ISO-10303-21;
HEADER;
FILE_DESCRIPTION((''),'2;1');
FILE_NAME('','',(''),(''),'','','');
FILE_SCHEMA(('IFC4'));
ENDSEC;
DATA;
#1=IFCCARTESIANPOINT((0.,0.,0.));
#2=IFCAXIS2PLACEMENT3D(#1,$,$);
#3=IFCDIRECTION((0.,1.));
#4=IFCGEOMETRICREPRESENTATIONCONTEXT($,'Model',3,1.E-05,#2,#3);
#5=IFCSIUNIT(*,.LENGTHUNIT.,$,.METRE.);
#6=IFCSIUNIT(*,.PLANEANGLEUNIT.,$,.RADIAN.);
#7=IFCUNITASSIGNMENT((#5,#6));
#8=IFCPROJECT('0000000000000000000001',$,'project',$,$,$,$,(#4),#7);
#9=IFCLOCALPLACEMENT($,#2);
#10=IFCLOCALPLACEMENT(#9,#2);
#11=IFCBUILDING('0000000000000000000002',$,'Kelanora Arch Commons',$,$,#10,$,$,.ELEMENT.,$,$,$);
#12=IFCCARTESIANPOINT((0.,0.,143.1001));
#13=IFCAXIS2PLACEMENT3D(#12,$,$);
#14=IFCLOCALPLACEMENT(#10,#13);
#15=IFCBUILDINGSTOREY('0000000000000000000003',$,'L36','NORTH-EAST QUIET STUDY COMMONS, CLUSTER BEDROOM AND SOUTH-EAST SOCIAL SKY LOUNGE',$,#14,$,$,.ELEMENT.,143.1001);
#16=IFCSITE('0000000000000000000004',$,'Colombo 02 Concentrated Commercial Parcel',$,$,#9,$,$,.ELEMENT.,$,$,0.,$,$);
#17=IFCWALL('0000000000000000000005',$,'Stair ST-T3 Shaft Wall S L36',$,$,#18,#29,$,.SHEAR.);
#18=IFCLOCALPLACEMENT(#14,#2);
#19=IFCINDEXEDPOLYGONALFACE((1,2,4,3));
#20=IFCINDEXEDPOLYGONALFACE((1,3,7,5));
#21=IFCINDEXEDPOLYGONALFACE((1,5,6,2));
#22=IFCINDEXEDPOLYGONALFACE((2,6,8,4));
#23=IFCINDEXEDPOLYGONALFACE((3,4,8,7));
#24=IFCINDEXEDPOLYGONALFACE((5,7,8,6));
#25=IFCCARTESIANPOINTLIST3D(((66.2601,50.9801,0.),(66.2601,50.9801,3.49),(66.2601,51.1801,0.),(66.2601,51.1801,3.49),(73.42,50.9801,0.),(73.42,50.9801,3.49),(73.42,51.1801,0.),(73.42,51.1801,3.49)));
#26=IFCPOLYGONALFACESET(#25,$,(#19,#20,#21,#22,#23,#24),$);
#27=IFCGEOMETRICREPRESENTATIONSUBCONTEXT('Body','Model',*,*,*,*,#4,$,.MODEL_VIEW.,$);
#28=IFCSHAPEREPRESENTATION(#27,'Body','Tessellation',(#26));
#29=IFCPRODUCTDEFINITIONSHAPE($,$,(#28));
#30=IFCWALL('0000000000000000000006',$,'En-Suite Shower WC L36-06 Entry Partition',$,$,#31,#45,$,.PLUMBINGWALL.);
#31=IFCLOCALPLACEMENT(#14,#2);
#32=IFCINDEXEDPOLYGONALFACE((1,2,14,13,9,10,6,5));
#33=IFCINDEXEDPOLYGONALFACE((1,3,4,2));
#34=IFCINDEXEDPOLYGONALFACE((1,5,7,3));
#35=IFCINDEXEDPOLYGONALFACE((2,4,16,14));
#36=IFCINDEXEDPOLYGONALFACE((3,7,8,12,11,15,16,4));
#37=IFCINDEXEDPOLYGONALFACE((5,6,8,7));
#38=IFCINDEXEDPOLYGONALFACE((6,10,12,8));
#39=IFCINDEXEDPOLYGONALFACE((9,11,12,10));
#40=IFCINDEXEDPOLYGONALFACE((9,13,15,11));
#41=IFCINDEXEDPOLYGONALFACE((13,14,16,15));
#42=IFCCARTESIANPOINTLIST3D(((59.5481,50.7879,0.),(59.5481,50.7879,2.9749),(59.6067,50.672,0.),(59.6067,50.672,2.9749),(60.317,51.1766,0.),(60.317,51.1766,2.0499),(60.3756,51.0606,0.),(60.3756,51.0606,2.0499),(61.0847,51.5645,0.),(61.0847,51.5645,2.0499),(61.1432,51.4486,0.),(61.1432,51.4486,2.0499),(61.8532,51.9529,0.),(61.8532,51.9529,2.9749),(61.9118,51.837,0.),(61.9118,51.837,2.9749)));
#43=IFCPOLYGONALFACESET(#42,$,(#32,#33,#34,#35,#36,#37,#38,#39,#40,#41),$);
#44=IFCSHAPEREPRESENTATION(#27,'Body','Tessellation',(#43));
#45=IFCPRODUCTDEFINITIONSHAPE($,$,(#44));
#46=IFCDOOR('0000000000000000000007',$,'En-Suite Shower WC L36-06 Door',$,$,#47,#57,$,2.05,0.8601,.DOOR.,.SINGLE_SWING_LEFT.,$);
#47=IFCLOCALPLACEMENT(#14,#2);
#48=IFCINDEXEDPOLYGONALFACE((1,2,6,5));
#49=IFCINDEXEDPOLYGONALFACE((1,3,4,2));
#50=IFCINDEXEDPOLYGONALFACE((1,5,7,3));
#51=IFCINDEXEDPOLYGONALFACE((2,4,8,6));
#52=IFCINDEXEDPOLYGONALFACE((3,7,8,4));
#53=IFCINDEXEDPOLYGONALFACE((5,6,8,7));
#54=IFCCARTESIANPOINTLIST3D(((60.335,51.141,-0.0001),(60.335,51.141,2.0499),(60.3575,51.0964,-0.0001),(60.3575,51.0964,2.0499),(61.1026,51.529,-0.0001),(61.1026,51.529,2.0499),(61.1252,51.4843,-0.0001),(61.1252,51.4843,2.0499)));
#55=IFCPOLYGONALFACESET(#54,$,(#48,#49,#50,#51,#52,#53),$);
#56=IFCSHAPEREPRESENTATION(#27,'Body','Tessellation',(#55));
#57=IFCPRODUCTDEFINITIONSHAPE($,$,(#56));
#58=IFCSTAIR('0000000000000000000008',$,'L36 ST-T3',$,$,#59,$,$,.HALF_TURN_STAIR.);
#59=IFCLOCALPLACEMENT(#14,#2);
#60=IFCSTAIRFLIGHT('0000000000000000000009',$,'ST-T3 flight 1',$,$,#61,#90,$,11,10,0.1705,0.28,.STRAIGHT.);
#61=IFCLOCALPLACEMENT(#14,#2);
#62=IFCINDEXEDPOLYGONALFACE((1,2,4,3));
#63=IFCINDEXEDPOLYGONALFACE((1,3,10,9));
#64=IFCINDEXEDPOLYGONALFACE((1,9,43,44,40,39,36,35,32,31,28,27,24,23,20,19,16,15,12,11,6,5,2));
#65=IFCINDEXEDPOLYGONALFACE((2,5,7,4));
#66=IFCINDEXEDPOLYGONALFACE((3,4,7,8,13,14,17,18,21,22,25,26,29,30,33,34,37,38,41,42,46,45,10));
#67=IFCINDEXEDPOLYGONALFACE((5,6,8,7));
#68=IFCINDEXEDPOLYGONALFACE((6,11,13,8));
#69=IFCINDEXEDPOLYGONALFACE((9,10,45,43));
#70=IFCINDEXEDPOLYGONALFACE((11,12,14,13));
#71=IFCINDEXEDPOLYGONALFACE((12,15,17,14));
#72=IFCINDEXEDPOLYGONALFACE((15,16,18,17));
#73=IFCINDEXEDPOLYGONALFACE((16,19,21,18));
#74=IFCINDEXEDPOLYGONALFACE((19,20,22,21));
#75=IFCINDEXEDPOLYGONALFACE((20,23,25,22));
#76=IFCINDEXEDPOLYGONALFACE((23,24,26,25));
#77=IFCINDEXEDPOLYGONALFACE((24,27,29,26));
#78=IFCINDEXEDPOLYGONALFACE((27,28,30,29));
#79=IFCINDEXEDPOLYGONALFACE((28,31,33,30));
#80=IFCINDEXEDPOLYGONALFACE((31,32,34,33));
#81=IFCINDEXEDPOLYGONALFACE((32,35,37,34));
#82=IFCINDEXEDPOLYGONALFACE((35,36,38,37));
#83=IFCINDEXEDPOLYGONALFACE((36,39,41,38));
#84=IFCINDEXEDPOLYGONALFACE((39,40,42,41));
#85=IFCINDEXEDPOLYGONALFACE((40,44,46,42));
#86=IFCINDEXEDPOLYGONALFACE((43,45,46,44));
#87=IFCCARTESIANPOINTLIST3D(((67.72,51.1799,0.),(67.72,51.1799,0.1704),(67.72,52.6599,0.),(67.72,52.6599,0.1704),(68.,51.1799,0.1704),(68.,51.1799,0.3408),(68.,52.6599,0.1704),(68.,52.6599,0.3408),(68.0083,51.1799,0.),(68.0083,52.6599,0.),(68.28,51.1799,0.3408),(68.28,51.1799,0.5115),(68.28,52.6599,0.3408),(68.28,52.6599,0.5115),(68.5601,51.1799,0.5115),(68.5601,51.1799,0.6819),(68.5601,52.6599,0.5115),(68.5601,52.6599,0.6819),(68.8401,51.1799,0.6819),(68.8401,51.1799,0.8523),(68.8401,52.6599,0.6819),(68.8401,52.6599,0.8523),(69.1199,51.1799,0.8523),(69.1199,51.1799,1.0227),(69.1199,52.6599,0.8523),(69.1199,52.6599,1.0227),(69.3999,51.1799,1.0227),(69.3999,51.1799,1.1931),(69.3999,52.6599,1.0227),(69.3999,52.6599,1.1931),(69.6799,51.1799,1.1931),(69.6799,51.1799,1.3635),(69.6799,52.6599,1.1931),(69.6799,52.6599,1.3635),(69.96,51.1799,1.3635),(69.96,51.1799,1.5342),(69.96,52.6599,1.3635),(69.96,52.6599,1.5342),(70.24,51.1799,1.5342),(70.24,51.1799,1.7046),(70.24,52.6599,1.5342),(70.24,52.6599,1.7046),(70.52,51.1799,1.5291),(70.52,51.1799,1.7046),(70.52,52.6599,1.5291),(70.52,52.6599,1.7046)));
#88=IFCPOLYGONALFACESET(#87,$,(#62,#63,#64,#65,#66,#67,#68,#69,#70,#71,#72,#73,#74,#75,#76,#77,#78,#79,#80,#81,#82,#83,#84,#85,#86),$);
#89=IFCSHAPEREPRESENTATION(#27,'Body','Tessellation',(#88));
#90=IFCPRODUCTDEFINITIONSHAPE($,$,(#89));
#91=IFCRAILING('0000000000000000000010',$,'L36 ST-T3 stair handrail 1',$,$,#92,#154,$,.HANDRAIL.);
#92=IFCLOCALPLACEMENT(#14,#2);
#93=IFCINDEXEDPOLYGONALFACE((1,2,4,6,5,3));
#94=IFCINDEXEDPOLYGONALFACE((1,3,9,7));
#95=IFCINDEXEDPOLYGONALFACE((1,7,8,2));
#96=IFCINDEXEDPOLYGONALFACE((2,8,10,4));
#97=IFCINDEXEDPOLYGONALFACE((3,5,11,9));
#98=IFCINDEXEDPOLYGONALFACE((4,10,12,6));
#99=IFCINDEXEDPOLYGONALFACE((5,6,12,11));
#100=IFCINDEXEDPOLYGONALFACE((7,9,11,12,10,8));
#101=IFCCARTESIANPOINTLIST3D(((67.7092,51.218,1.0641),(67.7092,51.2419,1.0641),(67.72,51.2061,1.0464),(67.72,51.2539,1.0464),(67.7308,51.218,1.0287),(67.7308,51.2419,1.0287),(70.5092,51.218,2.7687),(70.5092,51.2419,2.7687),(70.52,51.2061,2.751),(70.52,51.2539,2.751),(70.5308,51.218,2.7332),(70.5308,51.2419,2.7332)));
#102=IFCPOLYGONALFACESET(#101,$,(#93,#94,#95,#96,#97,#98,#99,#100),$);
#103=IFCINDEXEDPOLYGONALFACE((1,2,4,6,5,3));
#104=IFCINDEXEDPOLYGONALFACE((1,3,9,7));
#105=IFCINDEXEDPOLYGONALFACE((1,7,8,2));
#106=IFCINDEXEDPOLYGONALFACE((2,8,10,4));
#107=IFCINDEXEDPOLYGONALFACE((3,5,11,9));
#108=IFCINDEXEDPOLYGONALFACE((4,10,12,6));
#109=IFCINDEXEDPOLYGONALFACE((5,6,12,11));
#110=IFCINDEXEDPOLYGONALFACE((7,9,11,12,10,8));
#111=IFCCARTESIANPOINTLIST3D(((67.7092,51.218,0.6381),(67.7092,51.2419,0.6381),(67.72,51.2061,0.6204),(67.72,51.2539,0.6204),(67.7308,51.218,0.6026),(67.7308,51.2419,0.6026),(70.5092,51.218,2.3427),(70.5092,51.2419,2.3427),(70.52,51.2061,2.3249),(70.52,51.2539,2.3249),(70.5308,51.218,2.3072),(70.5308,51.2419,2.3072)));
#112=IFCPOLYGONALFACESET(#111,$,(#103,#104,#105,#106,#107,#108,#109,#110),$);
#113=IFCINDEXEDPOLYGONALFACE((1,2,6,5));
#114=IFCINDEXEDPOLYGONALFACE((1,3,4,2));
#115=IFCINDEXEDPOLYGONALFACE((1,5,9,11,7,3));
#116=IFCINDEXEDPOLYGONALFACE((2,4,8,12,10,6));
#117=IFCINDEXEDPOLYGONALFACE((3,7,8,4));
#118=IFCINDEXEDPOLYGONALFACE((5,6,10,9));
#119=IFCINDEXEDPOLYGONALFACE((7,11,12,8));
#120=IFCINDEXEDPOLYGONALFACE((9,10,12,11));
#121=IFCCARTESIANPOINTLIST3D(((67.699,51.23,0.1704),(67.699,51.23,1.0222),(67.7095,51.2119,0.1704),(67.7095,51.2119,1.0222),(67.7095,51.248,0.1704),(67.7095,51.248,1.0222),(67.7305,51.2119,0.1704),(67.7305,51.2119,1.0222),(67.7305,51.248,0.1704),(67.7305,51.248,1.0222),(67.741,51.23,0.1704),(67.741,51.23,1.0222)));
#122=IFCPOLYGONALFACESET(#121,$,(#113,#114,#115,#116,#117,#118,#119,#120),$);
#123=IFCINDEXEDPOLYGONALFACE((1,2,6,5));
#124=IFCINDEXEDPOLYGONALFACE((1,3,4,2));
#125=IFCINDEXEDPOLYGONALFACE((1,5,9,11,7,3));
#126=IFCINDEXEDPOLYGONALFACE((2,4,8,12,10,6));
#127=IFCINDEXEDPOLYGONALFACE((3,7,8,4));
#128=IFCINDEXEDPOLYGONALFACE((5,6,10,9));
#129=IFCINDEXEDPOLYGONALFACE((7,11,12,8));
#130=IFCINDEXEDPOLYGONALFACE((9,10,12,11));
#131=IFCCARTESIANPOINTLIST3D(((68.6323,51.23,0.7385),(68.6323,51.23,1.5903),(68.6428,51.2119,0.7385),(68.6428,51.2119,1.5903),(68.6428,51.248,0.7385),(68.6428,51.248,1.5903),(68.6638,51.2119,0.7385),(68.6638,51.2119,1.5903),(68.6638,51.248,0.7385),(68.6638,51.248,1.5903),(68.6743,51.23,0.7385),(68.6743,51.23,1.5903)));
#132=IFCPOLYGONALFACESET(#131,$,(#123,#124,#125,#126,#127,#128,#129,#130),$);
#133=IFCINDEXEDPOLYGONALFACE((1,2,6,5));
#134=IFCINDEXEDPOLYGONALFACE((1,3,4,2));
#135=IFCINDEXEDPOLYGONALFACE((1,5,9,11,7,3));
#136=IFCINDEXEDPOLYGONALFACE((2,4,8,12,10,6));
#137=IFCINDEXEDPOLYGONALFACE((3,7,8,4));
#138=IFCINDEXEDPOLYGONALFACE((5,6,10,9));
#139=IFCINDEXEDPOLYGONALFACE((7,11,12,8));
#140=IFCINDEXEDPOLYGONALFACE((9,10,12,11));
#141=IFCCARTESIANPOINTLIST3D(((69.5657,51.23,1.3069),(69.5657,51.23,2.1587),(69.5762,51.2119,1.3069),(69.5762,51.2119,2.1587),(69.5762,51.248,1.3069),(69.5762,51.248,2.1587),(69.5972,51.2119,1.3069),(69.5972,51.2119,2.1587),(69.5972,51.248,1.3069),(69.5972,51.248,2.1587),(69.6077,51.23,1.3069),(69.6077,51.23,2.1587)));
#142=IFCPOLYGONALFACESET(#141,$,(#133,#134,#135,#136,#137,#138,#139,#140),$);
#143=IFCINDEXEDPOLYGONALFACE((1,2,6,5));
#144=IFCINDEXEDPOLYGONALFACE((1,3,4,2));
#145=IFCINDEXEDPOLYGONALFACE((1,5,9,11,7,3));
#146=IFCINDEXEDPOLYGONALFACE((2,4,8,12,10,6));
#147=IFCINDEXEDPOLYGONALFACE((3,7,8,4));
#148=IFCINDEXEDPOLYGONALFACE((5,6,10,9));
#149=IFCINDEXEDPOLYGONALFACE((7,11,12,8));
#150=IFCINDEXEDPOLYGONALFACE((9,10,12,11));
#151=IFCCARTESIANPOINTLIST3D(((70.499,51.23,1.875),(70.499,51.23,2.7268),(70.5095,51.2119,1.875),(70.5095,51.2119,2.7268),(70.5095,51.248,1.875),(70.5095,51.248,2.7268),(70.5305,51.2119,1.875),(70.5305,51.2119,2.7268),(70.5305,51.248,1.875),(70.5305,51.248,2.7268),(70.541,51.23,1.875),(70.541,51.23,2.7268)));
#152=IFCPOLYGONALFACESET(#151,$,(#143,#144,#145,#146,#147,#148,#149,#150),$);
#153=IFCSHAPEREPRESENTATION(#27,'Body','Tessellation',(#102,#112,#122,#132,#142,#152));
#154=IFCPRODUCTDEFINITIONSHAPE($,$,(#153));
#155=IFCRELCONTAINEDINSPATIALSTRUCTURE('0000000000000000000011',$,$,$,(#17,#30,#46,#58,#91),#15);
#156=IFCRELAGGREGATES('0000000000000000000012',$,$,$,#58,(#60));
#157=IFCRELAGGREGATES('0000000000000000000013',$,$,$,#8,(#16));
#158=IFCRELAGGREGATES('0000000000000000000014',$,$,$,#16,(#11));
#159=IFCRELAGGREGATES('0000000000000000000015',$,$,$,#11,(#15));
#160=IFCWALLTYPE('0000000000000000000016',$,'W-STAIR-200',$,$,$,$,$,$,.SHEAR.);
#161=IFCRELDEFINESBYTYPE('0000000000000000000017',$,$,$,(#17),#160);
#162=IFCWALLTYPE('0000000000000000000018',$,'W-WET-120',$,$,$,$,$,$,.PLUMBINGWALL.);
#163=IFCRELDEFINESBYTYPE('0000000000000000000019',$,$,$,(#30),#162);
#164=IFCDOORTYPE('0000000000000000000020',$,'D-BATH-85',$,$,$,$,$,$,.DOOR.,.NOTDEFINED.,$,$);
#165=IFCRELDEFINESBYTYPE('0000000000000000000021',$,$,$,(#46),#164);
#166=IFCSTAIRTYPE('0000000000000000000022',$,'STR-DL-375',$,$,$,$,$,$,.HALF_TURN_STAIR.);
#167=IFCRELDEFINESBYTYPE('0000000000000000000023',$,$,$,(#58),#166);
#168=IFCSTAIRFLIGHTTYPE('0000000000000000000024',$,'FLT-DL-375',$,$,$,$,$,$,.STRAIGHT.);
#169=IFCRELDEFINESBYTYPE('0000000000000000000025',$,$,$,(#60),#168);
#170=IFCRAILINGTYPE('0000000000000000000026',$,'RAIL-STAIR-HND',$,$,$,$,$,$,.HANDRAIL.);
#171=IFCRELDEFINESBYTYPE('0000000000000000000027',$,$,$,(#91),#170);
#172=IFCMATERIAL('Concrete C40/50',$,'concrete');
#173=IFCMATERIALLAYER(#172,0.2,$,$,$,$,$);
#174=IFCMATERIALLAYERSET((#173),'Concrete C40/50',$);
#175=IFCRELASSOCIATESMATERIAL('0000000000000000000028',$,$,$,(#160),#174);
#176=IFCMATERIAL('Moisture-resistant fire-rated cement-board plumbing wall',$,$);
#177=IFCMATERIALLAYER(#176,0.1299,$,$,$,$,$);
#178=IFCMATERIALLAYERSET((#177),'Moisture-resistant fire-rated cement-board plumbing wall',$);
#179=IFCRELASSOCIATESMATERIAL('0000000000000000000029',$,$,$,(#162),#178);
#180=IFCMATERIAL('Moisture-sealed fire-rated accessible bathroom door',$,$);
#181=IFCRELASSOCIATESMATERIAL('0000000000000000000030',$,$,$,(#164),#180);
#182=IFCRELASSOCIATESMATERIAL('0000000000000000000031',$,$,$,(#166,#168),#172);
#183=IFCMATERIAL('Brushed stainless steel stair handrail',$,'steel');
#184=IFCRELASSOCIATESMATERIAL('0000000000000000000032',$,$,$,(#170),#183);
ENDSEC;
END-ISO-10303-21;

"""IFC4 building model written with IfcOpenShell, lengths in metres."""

from ifc_helpers import new_model, si_unit, direction, frame, frame_2d, origin, place, context, subcontext, project, spatial, polyline, rectangle, outline, extrude, material, layer, layer_set, type_object, element, fill, aggregate, save


model = new_model("IFC4")

# Units and contexts
model_context = context("Model", 3, precision=1e-05, world=origin(), true_north=direction((0.0, 1.0)))
body_context = subcontext(model_context, "Body", "Model", "MODEL_VIEW")
ifc_project = project(units=[si_unit("LENGTHUNIT", "METRE"), si_unit("PLANEANGLEUNIT", "RADIAN")], contexts=[model_context])

# Site, building, storey
site_placement = place(None, origin())
site = spatial("IfcSite", under=ifc_project, at=site_placement, Name="Colombo 02 Concentrated Commercial Parcel", CompositionType="ELEMENT", RefElevation=0.0)
building_placement = place(site_placement, origin())
building = spatial("IfcBuilding", under=site, at=building_placement, Name="Kelanora Arch Commons", CompositionType="ELEMENT")
storey_placement = place(building_placement, frame((0.0, 0.0, 143.1001)))
storey = spatial("IfcBuildingStorey", under=building, at=storey_placement, Name="L36", Description="NORTH-EAST QUIET STUDY COMMONS, CLUSTER BEDROOM AND SOUTH-EAST SOCIAL SKY LOUNGE", CompositionType="ELEMENT", Elevation=143.1001)

# Wall
ifc_material_1 = material(Name="Concrete C40/50", Category="concrete")
ifc_layer_1 = layer(ifc_material_1, 0.2)
ifc_layer_set_1 = layer_set([ifc_layer_1], Name="Concrete C40/50")
wall_type_1 = type_object("IfcWallType", Name="W-STAIR-200", PredefinedType="SHEAR", material=ifc_layer_set_1)
wall_1_placement = place(storey_placement, frame((66.26, 51.0801, 0.0), z_axis=(0.0, 0.0, 1.0), x_axis=(1.0, 0.0, 0.0)))
element("IfcWall", 1, at=wall_1_placement, inside=storey, type_object=wall_type_1, Name="Stair ST-T3 Shaft Wall S L36", PredefinedType="SHEAR", context=body_context, shape_type="SweptSolid", body=[
    extrude(rectangle(XDim=7.1599, YDim=0.2, at=frame_2d((3.5801, 0.0))), origin(), (0.0, 0.0, 1.0), 3.49),
])

# Wall, opening, door
ifc_material_2 = material(Name="Moisture-resistant fire-rated cement-board plumbing wall")
ifc_layer_2 = layer(ifc_material_2, 0.1299)
ifc_layer_set_2 = layer_set([ifc_layer_2], Name="Moisture-resistant fire-rated cement-board plumbing wall")
wall_type_2 = type_object("IfcWallType", Name="W-WET-120", PredefinedType="PLUMBINGWALL", material=ifc_layer_set_2)
wall_2_placement = place(storey_placement, frame((61.8826, 51.895, 0.0), z_axis=(0.0, 0.0, 1.0), x_axis=(-0.892491, -0.451066, 0.0)))
wall_2 = element("IfcWall", 2, at=wall_2_placement, inside=storey, type_object=wall_type_2, Name="En-Suite Shower WC L36-06 Entry Partition", PredefinedType="PLUMBINGWALL", context=body_context, shape_type="SweptSolid", body=[
    extrude(rectangle(XDim=2.5828, YDim=0.1299, at=frame_2d((1.2915, 0.0))), origin(), (0.0, 0.0, 1.0), 2.9749),
])
opening_1_placement = place(wall_2_placement, frame((0.8611, 0.0, 0.0)))
opening_1 = element("IfcOpeningElement", 3, at=opening_1_placement, cuts=wall_2, PredefinedType="OPENING", context=body_context, shape_type="SweptSolid", body=[
    extrude(rectangle(XDim=0.8601, YDim=2.05, at=frame_2d((0.4302, 1.0249))), frame((0.0, 0.075, 0.0), z_axis=(0.0, -1.0, 0.0), x_axis=(1.0, 0.0, 0.0)), (0.0, 0.0, 1.0), 0.1499),
])
ifc_material_3 = material(Name="Moisture-sealed fire-rated accessible bathroom door")
door_type_1 = type_object("IfcDoorType", Name="D-BATH-85", OperationType="NOTDEFINED", PredefinedType="DOOR", material=ifc_material_3)
door_1_placement = place(opening_1_placement, origin())
door_1 = element("IfcDoor", 4, at=door_1_placement, inside=storey, type_object=door_type_1, Name="En-Suite Shower WC L36-06 Door", OperationType="SINGLE_SWING_LEFT", OverallHeight=2.05, OverallWidth=0.8601, PredefinedType="DOOR", context=body_context, shape_type="SweptSolid", body=[
    extrude(rectangle(XDim=0.8601, YDim=2.05, at=frame_2d((0.4302, 1.0249))), frame((0.0, 0.0249, 0.0), z_axis=(0.0, -1.0, 0.0), x_axis=(1.0, 0.0, 0.0)), (0.0, 0.0, 1.0), 0.05),
])
fill(opening_1, door_1)

# Stair, stair flight
stair_type = type_object("IfcStairType", Name="STR-DL-375", PredefinedType="HALF_TURN_STAIR", material=ifc_material_1)
stair_placement = place(storey_placement, origin())
stair = element("IfcStair", 5, at=stair_placement, inside=storey, type_object=stair_type, Name="L36 ST-T3", PredefinedType="HALF_TURN_STAIR")
stair_flight_type = type_object("IfcStairFlightType", Name="FLT-DL-375", PredefinedType="STRAIGHT", material=ifc_material_1)
stair_flight_placement = place(storey_placement, frame((67.72, 51.9199, 0.0), z_axis=(0.0, 0.0, 1.0), x_axis=(1.0, 0.0, 0.0)))
stair_flight = element("IfcStairFlight", 6, at=stair_flight_placement, type_object=stair_flight_type, Name="ST-T3 flight 1", NumberOfRisers=11, NumberOfTreads=10, PredefinedType="STRAIGHT", RiserHeight=0.1705, TreadLength=0.28, context=body_context, shape_type="SweptSolid", body=[
    extrude(outline(polyline([(0.0, 0.0), (0.0, 0.1704), (0.28, 0.1704), (0.28, 0.3408), (0.5601, 0.3408), (0.5601, 0.5115), (0.8401, 0.5115), (0.8401, 0.6819), (1.1201, 0.6819), (1.1201, 0.8523), (1.3999, 0.8523), (1.3999, 1.0227), (1.6799, 1.0227), (1.6799, 1.1931), (1.96, 1.1931), (1.96, 1.3635), (2.24, 1.3635), (2.24, 1.5342), (2.52, 1.5342), (2.52, 1.7046), (2.8, 1.7046), (2.8, 1.875), (2.8, 1.5291), (0.2883, 0.0), (0.0, 0.0)])), frame((0.0, 0.74, 0.0), z_axis=(0.0, -1.0, 0.0), x_axis=(1.0, 0.0, 0.0)), (0.0, 0.0, 1.0), 1.48),
])
aggregate(stair, [stair_flight])

# Railing
ifc_material_4 = material(Name="Brushed stainless steel stair handrail", Category="steel")
railing_type = type_object("IfcRailingType", Name="RAIL-STAIR-HND", PredefinedType="HANDRAIL", material=ifc_material_4)
railing_placement = place(storey_placement, frame((67.72, 51.23, 0.1704)))
element("IfcRailing", 7, at=railing_placement, inside=storey, type_object=railing_type, Name="L36 ST-T3 stair handrail 1", PredefinedType="HANDRAIL", context=body_context, shape_type="SweptSolid", body=[
    extrude(outline(polyline([(0.0239, 0.0), (0.012, 0.0208), (-0.012, 0.0208), (-0.0239, 0.0), (-0.012, -0.0208), (0.012, -0.0208), (0.0239, 0.0)])), frame((0.0, 0.0, 0.876), z_axis=(0.85417, 0.0, 0.519994), x_axis=(0.0, 1.0, 0.0)), (0.0, 0.0, 1.0), 3.2781),
    extrude(outline(polyline([(0.0239, 0.0), (0.012, 0.0208), (-0.012, 0.0208), (-0.0239, 0.0), (-0.012, -0.0208), (0.012, -0.0208), (0.0239, 0.0)])), frame((0.0, 0.0, 0.45), z_axis=(0.85417, 0.0, 0.519994), x_axis=(0.0, 1.0, 0.0)), (0.0, 0.0, 1.0), 3.2781),
    extrude(outline(polyline([(0.021, 0.0), (0.0105, 0.0181), (-0.0105, 0.0181), (-0.021, 0.0), (-0.0105, -0.0181), (0.0105, -0.0181), (0.021, 0.0)])), origin(), (0.0, 0.0, 1.0), 0.8518),
    extrude(outline(polyline([(0.021, 0.0), (0.0105, 0.0181), (-0.0105, 0.0181), (-0.021, 0.0), (-0.0105, -0.0181), (0.0105, -0.0181), (0.021, 0.0)])), frame((0.9333, 0.0, 0.5681)), (0.0, 0.0, 1.0), 0.8518),
    extrude(outline(polyline([(0.021, 0.0), (0.0105, 0.0181), (-0.0105, 0.0181), (-0.021, 0.0), (-0.0105, -0.0181), (0.0105, -0.0181), (0.021, 0.0)])), frame((1.8667, 0.0, 1.1365)), (0.0, 0.0, 1.0), 0.8518),
    extrude(outline(polyline([(0.021, 0.0), (0.0105, 0.0181), (-0.0105, 0.0181), (-0.021, 0.0), (-0.0105, -0.0181), (0.0105, -0.0181), (0.021, 0.0)])), frame((2.8, 0.0, 1.7046)), (0.0, 0.0, 1.0), 0.8518),
])

save(model, "model.ifc")
